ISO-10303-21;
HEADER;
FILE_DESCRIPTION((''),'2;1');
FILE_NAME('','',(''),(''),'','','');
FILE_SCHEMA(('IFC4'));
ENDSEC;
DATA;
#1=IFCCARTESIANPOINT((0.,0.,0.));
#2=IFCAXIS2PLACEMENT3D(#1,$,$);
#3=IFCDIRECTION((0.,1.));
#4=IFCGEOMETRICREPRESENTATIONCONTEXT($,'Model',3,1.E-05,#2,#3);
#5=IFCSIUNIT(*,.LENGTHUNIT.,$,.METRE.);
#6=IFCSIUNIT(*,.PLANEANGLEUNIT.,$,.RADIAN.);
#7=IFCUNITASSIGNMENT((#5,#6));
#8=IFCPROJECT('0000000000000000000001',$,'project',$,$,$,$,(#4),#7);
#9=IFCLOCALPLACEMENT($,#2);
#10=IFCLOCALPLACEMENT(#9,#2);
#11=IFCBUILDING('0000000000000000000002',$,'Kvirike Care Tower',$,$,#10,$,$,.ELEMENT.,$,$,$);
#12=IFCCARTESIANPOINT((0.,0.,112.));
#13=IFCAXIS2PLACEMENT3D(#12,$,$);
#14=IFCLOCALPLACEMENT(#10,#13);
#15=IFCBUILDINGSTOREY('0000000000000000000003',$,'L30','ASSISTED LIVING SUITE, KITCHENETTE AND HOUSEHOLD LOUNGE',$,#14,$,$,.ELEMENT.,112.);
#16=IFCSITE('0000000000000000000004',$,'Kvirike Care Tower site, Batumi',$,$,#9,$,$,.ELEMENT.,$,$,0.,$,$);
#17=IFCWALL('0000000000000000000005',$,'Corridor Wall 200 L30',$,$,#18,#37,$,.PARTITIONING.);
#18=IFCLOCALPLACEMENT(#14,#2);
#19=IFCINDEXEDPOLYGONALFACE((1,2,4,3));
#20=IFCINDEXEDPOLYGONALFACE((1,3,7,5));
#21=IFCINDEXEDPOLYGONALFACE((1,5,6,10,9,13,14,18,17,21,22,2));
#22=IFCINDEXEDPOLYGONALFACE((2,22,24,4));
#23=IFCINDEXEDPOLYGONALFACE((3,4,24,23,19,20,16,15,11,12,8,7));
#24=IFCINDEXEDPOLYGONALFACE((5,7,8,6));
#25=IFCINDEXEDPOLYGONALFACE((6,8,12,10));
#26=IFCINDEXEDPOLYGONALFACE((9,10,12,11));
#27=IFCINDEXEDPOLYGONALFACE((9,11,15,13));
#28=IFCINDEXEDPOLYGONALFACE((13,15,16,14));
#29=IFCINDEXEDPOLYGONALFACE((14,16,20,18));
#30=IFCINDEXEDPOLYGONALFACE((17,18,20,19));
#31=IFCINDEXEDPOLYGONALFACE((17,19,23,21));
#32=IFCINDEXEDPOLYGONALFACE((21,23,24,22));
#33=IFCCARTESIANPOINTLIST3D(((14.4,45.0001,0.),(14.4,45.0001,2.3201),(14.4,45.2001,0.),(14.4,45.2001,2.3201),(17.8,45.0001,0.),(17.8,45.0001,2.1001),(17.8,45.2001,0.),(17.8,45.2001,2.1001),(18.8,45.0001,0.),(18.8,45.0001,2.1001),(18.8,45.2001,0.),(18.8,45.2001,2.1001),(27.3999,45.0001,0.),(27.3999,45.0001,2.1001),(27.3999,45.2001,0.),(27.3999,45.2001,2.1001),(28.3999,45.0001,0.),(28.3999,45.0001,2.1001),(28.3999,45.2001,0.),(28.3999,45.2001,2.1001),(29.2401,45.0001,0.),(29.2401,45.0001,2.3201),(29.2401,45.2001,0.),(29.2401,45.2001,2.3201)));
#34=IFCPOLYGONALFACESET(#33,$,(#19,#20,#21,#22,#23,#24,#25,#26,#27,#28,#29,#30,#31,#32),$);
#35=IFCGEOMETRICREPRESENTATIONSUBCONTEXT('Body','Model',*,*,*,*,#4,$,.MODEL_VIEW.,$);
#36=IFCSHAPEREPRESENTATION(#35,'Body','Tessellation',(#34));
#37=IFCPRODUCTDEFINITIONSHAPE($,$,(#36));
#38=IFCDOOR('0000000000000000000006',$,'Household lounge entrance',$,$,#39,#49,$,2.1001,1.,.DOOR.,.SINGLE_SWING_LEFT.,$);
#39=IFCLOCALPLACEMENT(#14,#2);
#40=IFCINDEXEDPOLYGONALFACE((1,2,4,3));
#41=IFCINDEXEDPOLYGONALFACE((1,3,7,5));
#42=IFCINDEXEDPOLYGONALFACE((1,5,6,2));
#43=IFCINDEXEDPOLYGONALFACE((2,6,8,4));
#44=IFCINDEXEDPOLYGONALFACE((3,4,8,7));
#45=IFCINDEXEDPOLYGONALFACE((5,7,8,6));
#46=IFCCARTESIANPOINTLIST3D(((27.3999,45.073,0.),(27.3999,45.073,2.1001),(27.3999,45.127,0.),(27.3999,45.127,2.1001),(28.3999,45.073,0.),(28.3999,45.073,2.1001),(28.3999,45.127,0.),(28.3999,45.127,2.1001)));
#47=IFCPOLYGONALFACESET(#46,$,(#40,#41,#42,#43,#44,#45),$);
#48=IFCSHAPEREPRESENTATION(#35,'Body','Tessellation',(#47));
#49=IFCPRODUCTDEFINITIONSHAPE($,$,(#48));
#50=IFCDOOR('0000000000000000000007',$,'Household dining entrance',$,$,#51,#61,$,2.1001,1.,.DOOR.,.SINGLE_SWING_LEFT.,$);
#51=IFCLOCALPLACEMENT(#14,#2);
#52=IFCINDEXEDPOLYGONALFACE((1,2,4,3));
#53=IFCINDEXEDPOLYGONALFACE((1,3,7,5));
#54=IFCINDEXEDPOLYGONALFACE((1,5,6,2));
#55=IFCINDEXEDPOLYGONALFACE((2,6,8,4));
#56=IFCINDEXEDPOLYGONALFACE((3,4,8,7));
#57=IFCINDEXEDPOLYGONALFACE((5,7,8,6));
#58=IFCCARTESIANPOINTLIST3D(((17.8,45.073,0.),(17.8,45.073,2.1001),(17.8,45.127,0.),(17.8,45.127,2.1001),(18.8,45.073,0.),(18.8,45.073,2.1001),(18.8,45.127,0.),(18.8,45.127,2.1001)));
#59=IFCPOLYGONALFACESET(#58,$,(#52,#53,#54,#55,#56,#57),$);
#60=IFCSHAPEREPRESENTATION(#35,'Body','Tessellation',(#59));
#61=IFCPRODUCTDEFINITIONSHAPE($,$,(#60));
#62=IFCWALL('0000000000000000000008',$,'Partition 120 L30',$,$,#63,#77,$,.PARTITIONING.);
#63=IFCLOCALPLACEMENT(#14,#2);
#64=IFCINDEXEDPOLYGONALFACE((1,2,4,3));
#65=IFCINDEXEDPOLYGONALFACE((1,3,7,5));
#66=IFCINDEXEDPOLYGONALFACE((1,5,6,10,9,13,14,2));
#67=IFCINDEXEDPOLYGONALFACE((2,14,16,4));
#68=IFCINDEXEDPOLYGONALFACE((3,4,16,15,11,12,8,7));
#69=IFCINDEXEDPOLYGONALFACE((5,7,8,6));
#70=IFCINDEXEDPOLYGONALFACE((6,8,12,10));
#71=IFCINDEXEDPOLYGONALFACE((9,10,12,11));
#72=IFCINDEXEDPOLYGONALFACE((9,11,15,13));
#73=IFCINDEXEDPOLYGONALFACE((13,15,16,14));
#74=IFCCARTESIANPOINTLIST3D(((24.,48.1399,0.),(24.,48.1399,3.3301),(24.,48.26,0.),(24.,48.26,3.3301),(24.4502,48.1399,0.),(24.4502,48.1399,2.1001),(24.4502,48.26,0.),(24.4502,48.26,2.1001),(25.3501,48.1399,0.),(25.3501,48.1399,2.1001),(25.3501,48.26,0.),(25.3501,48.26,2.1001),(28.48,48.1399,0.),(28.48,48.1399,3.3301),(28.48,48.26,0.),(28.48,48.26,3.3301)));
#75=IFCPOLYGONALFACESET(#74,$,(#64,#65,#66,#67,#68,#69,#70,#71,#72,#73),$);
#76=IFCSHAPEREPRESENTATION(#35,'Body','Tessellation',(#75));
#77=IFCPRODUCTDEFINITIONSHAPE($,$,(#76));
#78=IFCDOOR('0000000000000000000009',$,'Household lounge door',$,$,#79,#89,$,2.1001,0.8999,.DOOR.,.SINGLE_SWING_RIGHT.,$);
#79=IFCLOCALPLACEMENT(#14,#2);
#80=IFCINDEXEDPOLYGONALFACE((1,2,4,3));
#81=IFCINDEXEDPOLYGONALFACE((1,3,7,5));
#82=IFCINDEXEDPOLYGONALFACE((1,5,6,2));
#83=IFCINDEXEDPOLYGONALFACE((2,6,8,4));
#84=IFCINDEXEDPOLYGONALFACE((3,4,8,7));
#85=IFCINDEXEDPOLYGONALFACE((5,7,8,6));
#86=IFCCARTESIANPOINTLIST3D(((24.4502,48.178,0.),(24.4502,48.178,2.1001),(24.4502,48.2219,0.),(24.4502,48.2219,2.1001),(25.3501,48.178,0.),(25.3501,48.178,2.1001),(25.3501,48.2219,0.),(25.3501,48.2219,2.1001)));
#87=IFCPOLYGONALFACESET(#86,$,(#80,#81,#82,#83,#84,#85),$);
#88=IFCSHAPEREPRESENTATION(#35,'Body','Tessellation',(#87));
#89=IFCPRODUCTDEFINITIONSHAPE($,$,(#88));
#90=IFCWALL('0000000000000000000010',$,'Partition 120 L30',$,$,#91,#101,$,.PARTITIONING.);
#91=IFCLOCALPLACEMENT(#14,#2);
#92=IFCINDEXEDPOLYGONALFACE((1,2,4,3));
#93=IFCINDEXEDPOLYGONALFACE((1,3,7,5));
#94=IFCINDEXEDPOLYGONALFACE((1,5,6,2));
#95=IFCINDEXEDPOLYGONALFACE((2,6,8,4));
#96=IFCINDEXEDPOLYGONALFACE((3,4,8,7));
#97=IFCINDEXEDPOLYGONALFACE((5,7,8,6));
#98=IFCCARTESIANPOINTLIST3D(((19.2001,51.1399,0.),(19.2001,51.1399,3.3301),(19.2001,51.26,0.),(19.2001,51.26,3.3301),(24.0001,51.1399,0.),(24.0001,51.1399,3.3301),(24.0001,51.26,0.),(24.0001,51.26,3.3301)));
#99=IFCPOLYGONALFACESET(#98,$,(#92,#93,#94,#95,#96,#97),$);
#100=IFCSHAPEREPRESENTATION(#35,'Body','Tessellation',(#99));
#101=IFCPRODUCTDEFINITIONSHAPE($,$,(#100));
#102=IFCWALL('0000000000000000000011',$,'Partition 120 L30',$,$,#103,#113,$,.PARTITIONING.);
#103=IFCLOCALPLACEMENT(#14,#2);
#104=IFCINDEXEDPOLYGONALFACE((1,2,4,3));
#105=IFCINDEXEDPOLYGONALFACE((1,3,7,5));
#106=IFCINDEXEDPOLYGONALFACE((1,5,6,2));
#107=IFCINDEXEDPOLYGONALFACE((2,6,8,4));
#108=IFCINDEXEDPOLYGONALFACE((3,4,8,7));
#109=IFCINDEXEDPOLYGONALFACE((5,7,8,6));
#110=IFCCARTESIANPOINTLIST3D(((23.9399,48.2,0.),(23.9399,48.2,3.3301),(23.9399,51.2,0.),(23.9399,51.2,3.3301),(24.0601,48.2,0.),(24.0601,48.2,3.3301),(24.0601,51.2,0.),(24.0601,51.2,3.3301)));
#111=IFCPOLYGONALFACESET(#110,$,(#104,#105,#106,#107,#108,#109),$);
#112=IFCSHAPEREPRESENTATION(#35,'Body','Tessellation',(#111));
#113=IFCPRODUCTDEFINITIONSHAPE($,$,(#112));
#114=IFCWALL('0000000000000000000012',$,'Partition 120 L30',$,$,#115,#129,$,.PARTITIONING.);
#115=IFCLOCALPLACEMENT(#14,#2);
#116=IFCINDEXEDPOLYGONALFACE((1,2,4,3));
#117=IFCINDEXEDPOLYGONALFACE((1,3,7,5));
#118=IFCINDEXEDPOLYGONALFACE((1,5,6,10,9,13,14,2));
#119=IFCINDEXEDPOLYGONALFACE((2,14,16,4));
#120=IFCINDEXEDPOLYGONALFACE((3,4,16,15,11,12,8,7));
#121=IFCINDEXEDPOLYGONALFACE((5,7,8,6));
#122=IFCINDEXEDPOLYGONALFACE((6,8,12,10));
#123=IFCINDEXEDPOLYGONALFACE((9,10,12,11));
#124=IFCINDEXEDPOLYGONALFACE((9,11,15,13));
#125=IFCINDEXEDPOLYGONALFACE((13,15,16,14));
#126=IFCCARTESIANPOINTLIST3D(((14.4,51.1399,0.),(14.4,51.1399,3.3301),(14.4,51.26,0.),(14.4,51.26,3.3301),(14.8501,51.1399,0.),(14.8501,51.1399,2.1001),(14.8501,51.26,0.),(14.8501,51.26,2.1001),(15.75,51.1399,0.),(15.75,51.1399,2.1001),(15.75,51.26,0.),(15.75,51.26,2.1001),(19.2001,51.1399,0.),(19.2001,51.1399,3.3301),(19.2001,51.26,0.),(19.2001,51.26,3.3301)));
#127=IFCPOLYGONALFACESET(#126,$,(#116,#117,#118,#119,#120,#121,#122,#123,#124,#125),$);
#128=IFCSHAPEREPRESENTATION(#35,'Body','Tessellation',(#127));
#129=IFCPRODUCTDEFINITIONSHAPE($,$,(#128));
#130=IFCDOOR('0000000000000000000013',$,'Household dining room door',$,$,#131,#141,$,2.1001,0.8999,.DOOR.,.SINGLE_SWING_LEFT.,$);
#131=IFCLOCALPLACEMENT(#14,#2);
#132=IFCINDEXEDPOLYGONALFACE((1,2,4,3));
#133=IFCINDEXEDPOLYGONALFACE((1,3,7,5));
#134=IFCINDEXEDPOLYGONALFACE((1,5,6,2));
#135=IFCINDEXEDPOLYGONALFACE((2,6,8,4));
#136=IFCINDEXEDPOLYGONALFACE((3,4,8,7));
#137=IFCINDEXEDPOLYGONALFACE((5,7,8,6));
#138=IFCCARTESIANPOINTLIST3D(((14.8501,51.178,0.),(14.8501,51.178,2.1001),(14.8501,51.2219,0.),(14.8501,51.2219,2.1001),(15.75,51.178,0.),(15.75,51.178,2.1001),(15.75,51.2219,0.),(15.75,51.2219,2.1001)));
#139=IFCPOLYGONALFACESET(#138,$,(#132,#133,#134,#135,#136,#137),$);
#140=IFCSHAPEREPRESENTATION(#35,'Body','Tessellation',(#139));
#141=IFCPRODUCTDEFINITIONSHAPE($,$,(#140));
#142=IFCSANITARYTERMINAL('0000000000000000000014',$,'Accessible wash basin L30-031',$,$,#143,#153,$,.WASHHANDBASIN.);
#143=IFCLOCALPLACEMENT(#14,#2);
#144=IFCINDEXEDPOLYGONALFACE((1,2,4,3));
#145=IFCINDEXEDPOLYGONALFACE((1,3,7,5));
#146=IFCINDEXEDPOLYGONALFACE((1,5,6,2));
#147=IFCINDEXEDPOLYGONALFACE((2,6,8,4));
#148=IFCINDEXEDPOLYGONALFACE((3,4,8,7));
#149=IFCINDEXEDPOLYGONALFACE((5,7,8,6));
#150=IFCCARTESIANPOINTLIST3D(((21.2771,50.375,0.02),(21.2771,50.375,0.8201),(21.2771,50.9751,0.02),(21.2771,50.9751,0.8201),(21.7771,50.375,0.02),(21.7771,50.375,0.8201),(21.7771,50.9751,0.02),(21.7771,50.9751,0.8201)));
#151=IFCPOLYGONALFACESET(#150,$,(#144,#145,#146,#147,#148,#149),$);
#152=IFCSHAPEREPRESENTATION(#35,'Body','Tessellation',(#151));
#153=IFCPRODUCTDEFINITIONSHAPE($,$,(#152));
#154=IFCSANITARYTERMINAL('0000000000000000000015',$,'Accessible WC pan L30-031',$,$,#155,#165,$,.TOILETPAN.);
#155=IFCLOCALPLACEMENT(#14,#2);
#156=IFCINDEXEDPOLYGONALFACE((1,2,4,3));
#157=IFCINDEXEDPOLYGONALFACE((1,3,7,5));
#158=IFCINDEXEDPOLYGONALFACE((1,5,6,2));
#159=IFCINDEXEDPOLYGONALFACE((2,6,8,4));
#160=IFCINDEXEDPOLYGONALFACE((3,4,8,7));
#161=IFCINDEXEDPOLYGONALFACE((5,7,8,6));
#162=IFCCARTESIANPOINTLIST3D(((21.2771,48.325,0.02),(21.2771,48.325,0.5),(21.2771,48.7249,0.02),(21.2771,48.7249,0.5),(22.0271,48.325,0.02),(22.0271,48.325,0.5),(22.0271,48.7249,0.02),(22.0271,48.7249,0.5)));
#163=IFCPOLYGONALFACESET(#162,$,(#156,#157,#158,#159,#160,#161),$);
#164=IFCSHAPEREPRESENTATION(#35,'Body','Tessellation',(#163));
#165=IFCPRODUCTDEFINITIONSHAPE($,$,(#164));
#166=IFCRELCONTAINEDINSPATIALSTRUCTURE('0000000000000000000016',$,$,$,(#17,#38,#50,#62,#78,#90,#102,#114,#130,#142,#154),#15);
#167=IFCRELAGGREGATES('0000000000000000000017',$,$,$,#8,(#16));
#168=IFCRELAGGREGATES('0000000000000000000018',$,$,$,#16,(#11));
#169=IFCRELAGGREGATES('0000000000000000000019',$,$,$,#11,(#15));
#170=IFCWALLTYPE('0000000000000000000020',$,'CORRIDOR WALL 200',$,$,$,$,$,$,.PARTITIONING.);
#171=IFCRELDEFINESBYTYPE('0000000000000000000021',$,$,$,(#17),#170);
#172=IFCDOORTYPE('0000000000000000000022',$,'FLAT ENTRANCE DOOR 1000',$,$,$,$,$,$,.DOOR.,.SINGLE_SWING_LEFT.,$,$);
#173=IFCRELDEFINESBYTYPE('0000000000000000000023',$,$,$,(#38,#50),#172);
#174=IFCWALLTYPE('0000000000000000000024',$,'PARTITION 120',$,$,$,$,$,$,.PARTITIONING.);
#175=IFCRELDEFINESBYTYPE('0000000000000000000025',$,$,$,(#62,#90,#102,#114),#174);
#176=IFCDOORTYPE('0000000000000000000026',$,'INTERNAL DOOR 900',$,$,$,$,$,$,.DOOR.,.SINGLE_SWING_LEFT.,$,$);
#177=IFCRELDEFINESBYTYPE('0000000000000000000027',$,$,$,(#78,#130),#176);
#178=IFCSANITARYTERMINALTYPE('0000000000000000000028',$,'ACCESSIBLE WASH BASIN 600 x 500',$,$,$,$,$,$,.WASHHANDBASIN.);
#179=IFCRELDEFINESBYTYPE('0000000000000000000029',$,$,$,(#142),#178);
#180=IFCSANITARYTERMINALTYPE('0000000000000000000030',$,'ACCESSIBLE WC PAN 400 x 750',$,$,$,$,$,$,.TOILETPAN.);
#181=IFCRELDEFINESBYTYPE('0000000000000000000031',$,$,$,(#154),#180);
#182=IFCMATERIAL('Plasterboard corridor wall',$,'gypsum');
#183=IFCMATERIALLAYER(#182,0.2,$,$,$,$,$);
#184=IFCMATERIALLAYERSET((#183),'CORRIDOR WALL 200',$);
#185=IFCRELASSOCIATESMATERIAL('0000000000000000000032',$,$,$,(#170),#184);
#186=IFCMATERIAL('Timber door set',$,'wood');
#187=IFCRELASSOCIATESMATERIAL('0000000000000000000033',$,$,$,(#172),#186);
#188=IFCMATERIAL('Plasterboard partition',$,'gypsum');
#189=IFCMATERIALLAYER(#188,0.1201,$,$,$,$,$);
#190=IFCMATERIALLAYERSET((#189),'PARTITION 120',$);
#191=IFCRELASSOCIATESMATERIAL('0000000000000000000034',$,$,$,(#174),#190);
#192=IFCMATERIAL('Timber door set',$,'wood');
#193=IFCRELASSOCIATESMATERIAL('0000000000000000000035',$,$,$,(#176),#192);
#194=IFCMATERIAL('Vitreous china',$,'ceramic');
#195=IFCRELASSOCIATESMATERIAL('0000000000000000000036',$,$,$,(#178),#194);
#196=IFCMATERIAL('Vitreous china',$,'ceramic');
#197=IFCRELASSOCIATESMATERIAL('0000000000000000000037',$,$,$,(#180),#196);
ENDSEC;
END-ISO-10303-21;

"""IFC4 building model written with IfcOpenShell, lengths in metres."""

from ifc_helpers import new_model, si_unit, direction, frame, frame_2d, origin, origin_2d, place, context, subcontext, project, spatial, rectangle, extrude, material, layer, layer_set, type_object, element, fill, save


model = new_model("IFC4")

# Units and contexts
model_context = context("Model", 3, precision=1e-05, world=origin(), true_north=direction((0.0, 1.0)))
body_context = subcontext(model_context, "Body", "Model", "MODEL_VIEW")
ifc_project = project(units=[si_unit("LENGTHUNIT", "METRE"), si_unit("PLANEANGLEUNIT", "RADIAN")], contexts=[model_context])

# Site, building, storey
site_placement = place(None, origin())
site = spatial("IfcSite", under=ifc_project, at=site_placement, Name="Kvirike Care Tower site, Batumi", CompositionType="ELEMENT", RefElevation=0.0)
building_placement = place(site_placement, origin())
building = spatial("IfcBuilding", under=site, at=building_placement, Name="Kvirike Care Tower", CompositionType="ELEMENT")
storey_placement = place(building_placement, frame((0.0, 0.0, 112.0)))
storey = spatial("IfcBuildingStorey", under=building, at=storey_placement, Name="L30", Description="ASSISTED LIVING SUITE, KITCHENETTE AND HOUSEHOLD LOUNGE", CompositionType="ELEMENT", Elevation=112.0)

# Wall, openings, doors
ifc_material_1 = material(Name="Plasterboard corridor wall", Category="gypsum")
ifc_layer_1 = layer(ifc_material_1, 0.2)
ifc_layer_set_1 = layer_set([ifc_layer_1], Name="CORRIDOR WALL 200")
wall_type_1 = type_object("IfcWallType", Name="CORRIDOR WALL 200", PredefinedType="PARTITIONING", material=ifc_layer_set_1)
wall_1_placement = place(storey_placement, frame((29.24, 45.1001, 0.0), z_axis=(0.0, 0.0, 1.0), x_axis=(-1.0, 0.0, 0.0)))
wall_1 = element("IfcWall", 1, at=wall_1_placement, inside=storey, type_object=wall_type_1, Name="Corridor Wall 200 L30", PredefinedType="PARTITIONING", context=body_context, shape_type="SweptSolid", body=[
    extrude(rectangle(XDim=14.8401, YDim=0.2, at=frame_2d((7.4199, 0.0))), origin(), (0.0, 0.0, 1.0), 2.3201),
])
opening_1_placement = place(wall_1_placement, frame((0.8401, 0.0, 0.0)))
opening_1 = element("IfcOpeningElement", 2, at=opening_1_placement, cuts=wall_1, PredefinedType="OPENING", context=body_context, shape_type="SweptSolid", body=[
    extrude(rectangle(XDim=1.0, YDim=2.1001, at=frame_2d((0.5, 1.05))), frame((0.0, 0.1106, 0.0), z_axis=(0.0, -1.0, 0.0), x_axis=(1.0, 0.0, 0.0)), (0.0, 0.0, 1.0), 0.2209),
])
opening_2_placement = place(wall_1_placement, frame((10.4399, 0.0, 0.0)))
opening_2 = element("IfcOpeningElement", 3, at=opening_2_placement, cuts=wall_1, PredefinedType="OPENING", context=body_context, shape_type="SweptSolid", body=[
    extrude(rectangle(XDim=1.0, YDim=2.1001, at=frame_2d((0.5, 1.05))), frame((0.0, 0.1106, 0.0), z_axis=(0.0, -1.0, 0.0), x_axis=(1.0, 0.0, 0.0)), (0.0, 0.0, 1.0), 0.2209),
])
ifc_material_2 = material(Name="Timber door set", Category="wood")
door_type_1 = type_object("IfcDoorType", Name="FLAT ENTRANCE DOOR 1000", OperationType="SINGLE_SWING_LEFT", PredefinedType="DOOR", material=ifc_material_2)
door_1_placement = place(opening_1_placement, frame((1.0, 0.0, 0.0), z_axis=(0.0, 0.0, 1.0), x_axis=(-1.0, 0.0, 0.0)))
door_1 = element("IfcDoor", 4, at=door_1_placement, inside=storey, type_object=door_type_1, Name="Household lounge entrance", OperationType="SINGLE_SWING_LEFT", OverallHeight=2.1001, OverallWidth=1.0, PredefinedType="DOOR", context=body_context, shape_type="SweptSolid", body=[
    extrude(rectangle(XDim=1.0, YDim=2.1001, at=frame_2d((0.5, 1.05))), frame((0.0, 0.0269, 0.0), z_axis=(0.0, -1.0, 0.0), x_axis=(1.0, 0.0, 0.0)), (0.0, 0.0, 1.0), 0.054),
])
fill(opening_1, door_1)
door_2_placement = place(opening_2_placement, frame((1.0, 0.0, 0.0), z_axis=(0.0, 0.0, 1.0), x_axis=(-1.0, 0.0, 0.0)))
door_2 = element("IfcDoor", 5, at=door_2_placement, inside=storey, type_object=door_type_1, Name="Household dining entrance", OperationType="SINGLE_SWING_LEFT", OverallHeight=2.1001, OverallWidth=1.0, PredefinedType="DOOR", context=body_context, shape_type="SweptSolid", body=[
    extrude(rectangle(XDim=1.0, YDim=2.1001, at=frame_2d((0.5, 1.05))), frame((0.0, 0.0269, 0.0), z_axis=(0.0, -1.0, 0.0), x_axis=(1.0, 0.0, 0.0)), (0.0, 0.0, 1.0), 0.054),
])
fill(opening_2, door_2)

# Wall, opening, door
ifc_material_3 = material(Name="Plasterboard partition", Category="gypsum")
ifc_layer_2 = layer(ifc_material_3, 0.1201)
ifc_layer_set_2 = layer_set([ifc_layer_2], Name="PARTITION 120")
wall_type_2 = type_object("IfcWallType", Name="PARTITION 120", PredefinedType="PARTITIONING", material=ifc_layer_set_2)
wall_2_placement = place(storey_placement, frame((28.48, 48.2, 0.0), z_axis=(0.0, 0.0, 1.0), x_axis=(-1.0, 0.0, 0.0)))
wall_2 = element("IfcWall", 6, at=wall_2_placement, inside=storey, type_object=wall_type_2, Name="Partition 120 L30", PredefinedType="PARTITIONING", context=body_context, shape_type="SweptSolid", body=[
    extrude(rectangle(XDim=4.48, YDim=0.1201, at=frame_2d((2.24, 0.0))), origin(), (0.0, 0.0, 1.0), 3.3301),
])
opening_3_placement = place(wall_2_placement, frame((3.1299, 0.0, 0.0)))
opening_3 = element("IfcOpeningElement", 7, at=opening_3_placement, cuts=wall_2, PredefinedType="OPENING", context=body_context, shape_type="SweptSolid", body=[
    extrude(rectangle(XDim=0.8999, YDim=2.1001, at=frame_2d((0.45, 1.05))), frame((0.0, 0.0706, 0.0), z_axis=(0.0, -1.0, 0.0), x_axis=(1.0, 0.0, 0.0)), (0.0, 0.0, 1.0), 0.1411),
])
ifc_material_4 = material(Name="Timber door set", Category="wood")
door_type_2 = type_object("IfcDoorType", Name="INTERNAL DOOR 900", OperationType="SINGLE_SWING_LEFT", PredefinedType="DOOR", material=ifc_material_4)
door_3_placement = place(opening_3_placement, origin())
door_3 = element("IfcDoor", 8, at=door_3_placement, inside=storey, type_object=door_type_2, Name="Household lounge door", OperationType="SINGLE_SWING_RIGHT", OverallHeight=2.1001, OverallWidth=0.8999, PredefinedType="DOOR", context=body_context, shape_type="SweptSolid", body=[
    extrude(rectangle(XDim=0.8999, YDim=2.1001, at=frame_2d((0.45, 1.05))), frame((0.0, 0.022, 0.0), z_axis=(0.0, -1.0, 0.0), x_axis=(1.0, 0.0, 0.0)), (0.0, 0.0, 1.0), 0.0439),
])
fill(opening_3, door_3)

# Walls
wall_3_placement = place(storey_placement, frame((24.0, 51.2, 0.0), z_axis=(0.0, 0.0, 1.0), x_axis=(-1.0, 0.0, 0.0)))
element("IfcWall", 9, at=wall_3_placement, inside=storey, type_object=wall_type_2, Name="Partition 120 L30", PredefinedType="PARTITIONING", context=body_context, shape_type="SweptSolid", body=[
    extrude(rectangle(XDim=4.8, YDim=0.1201, at=frame_2d((2.3999, 0.0))), origin(), (0.0, 0.0, 1.0), 3.3301),
])
wall_4_placement = place(storey_placement, frame((24.0, 51.2, 0.0), z_axis=(0.0, 0.0, 1.0), x_axis=(0.0, -1.0, 0.0)))
element("IfcWall", 10, at=wall_4_placement, inside=storey, type_object=wall_type_2, Name="Partition 120 L30", PredefinedType="PARTITIONING", context=body_context, shape_type="SweptSolid", body=[
    extrude(rectangle(XDim=3.0, YDim=0.1201, at=frame_2d((1.5, 0.0))), origin(), (0.0, 0.0, 1.0), 3.3301),
])

# Wall, opening, door
wall_5_placement = place(storey_placement, frame((19.2, 51.2, 0.0), z_axis=(0.0, 0.0, 1.0), x_axis=(-1.0, 0.0, 0.0)))
wall_5 = element("IfcWall", 11, at=wall_5_placement, inside=storey, type_object=wall_type_2, Name="Partition 120 L30", PredefinedType="PARTITIONING", context=body_context, shape_type="SweptSolid", body=[
    extrude(rectangle(XDim=4.8, YDim=0.1201, at=frame_2d((2.3999, 0.0))), origin(), (0.0, 0.0, 1.0), 3.3301),
])
opening_4_placement = place(wall_5_placement, frame((3.45, 0.0, 0.0)))
opening_4 = element("IfcOpeningElement", 12, at=opening_4_placement, cuts=wall_5, PredefinedType="OPENING", context=body_context, shape_type="SweptSolid", body=[
    extrude(rectangle(XDim=0.8999, YDim=2.1001, at=frame_2d((0.45, 1.05))), frame((0.0, 0.0706, 0.0), z_axis=(0.0, -1.0, 0.0), x_axis=(1.0, 0.0, 0.0)), (0.0, 0.0, 1.0), 0.1411),
])
door_4_placement = place(opening_4_placement, origin())
door_4 = element("IfcDoor", 13, at=door_4_placement, inside=storey, type_object=door_type_2, Name="Household dining room door", OperationType="SINGLE_SWING_LEFT", OverallHeight=2.1001, OverallWidth=0.8999, PredefinedType="DOOR", context=body_context, shape_type="SweptSolid", body=[
    extrude(rectangle(XDim=0.8999, YDim=2.1001, at=frame_2d((0.45, 1.05))), frame((0.0, 0.022, 0.0), z_axis=(0.0, -1.0, 0.0), x_axis=(1.0, 0.0, 0.0)), (0.0, 0.0, 1.0), 0.0439),
])
fill(opening_4, door_4)

# Sanitary terminals
ifc_material_5 = material(Name="Vitreous china", Category="ceramic")
sanitary_terminal_type_1 = type_object("IfcSanitaryTerminalType", Name="ACCESSIBLE WASH BASIN 600 x 500", PredefinedType="WASHHANDBASIN", material=ifc_material_5)
sanitary_terminal_1_placement = place(storey_placement, frame((21.5271, 50.675, 0.02), z_axis=(0.0, 0.0, 1.0), x_axis=(0.0, 1.0, 0.0)))
element("IfcSanitaryTerminal", 14, at=sanitary_terminal_1_placement, inside=storey, type_object=sanitary_terminal_type_1, Name="Accessible wash basin L30-031", PredefinedType="WASHHANDBASIN", context=body_context, shape_type="SweptSolid", body=[
    extrude(rectangle(XDim=0.6001, YDim=0.5, at=origin_2d()), origin(), (0.0, 0.0, 1.0), 0.8),
])
ifc_material_6 = material(Name="Vitreous china", Category="ceramic")
sanitary_terminal_type_2 = type_object("IfcSanitaryTerminalType", Name="ACCESSIBLE WC PAN 400 x 750", PredefinedType="TOILETPAN", material=ifc_material_6)
sanitary_terminal_2_placement = place(storey_placement, frame((21.6521, 48.5249, 0.02), z_axis=(0.0, 0.0, 1.0), x_axis=(0.0, 1.0, 0.0)))
element("IfcSanitaryTerminal", 15, at=sanitary_terminal_2_placement, inside=storey, type_object=sanitary_terminal_type_2, Name="Accessible WC pan L30-031", PredefinedType="TOILETPAN", context=body_context, shape_type="SweptSolid", body=[
    extrude(rectangle(XDim=0.3999, YDim=0.75, at=origin_2d()), origin(), (0.0, 0.0, 1.0), 0.48),
])

save(model, "model.ifc")
